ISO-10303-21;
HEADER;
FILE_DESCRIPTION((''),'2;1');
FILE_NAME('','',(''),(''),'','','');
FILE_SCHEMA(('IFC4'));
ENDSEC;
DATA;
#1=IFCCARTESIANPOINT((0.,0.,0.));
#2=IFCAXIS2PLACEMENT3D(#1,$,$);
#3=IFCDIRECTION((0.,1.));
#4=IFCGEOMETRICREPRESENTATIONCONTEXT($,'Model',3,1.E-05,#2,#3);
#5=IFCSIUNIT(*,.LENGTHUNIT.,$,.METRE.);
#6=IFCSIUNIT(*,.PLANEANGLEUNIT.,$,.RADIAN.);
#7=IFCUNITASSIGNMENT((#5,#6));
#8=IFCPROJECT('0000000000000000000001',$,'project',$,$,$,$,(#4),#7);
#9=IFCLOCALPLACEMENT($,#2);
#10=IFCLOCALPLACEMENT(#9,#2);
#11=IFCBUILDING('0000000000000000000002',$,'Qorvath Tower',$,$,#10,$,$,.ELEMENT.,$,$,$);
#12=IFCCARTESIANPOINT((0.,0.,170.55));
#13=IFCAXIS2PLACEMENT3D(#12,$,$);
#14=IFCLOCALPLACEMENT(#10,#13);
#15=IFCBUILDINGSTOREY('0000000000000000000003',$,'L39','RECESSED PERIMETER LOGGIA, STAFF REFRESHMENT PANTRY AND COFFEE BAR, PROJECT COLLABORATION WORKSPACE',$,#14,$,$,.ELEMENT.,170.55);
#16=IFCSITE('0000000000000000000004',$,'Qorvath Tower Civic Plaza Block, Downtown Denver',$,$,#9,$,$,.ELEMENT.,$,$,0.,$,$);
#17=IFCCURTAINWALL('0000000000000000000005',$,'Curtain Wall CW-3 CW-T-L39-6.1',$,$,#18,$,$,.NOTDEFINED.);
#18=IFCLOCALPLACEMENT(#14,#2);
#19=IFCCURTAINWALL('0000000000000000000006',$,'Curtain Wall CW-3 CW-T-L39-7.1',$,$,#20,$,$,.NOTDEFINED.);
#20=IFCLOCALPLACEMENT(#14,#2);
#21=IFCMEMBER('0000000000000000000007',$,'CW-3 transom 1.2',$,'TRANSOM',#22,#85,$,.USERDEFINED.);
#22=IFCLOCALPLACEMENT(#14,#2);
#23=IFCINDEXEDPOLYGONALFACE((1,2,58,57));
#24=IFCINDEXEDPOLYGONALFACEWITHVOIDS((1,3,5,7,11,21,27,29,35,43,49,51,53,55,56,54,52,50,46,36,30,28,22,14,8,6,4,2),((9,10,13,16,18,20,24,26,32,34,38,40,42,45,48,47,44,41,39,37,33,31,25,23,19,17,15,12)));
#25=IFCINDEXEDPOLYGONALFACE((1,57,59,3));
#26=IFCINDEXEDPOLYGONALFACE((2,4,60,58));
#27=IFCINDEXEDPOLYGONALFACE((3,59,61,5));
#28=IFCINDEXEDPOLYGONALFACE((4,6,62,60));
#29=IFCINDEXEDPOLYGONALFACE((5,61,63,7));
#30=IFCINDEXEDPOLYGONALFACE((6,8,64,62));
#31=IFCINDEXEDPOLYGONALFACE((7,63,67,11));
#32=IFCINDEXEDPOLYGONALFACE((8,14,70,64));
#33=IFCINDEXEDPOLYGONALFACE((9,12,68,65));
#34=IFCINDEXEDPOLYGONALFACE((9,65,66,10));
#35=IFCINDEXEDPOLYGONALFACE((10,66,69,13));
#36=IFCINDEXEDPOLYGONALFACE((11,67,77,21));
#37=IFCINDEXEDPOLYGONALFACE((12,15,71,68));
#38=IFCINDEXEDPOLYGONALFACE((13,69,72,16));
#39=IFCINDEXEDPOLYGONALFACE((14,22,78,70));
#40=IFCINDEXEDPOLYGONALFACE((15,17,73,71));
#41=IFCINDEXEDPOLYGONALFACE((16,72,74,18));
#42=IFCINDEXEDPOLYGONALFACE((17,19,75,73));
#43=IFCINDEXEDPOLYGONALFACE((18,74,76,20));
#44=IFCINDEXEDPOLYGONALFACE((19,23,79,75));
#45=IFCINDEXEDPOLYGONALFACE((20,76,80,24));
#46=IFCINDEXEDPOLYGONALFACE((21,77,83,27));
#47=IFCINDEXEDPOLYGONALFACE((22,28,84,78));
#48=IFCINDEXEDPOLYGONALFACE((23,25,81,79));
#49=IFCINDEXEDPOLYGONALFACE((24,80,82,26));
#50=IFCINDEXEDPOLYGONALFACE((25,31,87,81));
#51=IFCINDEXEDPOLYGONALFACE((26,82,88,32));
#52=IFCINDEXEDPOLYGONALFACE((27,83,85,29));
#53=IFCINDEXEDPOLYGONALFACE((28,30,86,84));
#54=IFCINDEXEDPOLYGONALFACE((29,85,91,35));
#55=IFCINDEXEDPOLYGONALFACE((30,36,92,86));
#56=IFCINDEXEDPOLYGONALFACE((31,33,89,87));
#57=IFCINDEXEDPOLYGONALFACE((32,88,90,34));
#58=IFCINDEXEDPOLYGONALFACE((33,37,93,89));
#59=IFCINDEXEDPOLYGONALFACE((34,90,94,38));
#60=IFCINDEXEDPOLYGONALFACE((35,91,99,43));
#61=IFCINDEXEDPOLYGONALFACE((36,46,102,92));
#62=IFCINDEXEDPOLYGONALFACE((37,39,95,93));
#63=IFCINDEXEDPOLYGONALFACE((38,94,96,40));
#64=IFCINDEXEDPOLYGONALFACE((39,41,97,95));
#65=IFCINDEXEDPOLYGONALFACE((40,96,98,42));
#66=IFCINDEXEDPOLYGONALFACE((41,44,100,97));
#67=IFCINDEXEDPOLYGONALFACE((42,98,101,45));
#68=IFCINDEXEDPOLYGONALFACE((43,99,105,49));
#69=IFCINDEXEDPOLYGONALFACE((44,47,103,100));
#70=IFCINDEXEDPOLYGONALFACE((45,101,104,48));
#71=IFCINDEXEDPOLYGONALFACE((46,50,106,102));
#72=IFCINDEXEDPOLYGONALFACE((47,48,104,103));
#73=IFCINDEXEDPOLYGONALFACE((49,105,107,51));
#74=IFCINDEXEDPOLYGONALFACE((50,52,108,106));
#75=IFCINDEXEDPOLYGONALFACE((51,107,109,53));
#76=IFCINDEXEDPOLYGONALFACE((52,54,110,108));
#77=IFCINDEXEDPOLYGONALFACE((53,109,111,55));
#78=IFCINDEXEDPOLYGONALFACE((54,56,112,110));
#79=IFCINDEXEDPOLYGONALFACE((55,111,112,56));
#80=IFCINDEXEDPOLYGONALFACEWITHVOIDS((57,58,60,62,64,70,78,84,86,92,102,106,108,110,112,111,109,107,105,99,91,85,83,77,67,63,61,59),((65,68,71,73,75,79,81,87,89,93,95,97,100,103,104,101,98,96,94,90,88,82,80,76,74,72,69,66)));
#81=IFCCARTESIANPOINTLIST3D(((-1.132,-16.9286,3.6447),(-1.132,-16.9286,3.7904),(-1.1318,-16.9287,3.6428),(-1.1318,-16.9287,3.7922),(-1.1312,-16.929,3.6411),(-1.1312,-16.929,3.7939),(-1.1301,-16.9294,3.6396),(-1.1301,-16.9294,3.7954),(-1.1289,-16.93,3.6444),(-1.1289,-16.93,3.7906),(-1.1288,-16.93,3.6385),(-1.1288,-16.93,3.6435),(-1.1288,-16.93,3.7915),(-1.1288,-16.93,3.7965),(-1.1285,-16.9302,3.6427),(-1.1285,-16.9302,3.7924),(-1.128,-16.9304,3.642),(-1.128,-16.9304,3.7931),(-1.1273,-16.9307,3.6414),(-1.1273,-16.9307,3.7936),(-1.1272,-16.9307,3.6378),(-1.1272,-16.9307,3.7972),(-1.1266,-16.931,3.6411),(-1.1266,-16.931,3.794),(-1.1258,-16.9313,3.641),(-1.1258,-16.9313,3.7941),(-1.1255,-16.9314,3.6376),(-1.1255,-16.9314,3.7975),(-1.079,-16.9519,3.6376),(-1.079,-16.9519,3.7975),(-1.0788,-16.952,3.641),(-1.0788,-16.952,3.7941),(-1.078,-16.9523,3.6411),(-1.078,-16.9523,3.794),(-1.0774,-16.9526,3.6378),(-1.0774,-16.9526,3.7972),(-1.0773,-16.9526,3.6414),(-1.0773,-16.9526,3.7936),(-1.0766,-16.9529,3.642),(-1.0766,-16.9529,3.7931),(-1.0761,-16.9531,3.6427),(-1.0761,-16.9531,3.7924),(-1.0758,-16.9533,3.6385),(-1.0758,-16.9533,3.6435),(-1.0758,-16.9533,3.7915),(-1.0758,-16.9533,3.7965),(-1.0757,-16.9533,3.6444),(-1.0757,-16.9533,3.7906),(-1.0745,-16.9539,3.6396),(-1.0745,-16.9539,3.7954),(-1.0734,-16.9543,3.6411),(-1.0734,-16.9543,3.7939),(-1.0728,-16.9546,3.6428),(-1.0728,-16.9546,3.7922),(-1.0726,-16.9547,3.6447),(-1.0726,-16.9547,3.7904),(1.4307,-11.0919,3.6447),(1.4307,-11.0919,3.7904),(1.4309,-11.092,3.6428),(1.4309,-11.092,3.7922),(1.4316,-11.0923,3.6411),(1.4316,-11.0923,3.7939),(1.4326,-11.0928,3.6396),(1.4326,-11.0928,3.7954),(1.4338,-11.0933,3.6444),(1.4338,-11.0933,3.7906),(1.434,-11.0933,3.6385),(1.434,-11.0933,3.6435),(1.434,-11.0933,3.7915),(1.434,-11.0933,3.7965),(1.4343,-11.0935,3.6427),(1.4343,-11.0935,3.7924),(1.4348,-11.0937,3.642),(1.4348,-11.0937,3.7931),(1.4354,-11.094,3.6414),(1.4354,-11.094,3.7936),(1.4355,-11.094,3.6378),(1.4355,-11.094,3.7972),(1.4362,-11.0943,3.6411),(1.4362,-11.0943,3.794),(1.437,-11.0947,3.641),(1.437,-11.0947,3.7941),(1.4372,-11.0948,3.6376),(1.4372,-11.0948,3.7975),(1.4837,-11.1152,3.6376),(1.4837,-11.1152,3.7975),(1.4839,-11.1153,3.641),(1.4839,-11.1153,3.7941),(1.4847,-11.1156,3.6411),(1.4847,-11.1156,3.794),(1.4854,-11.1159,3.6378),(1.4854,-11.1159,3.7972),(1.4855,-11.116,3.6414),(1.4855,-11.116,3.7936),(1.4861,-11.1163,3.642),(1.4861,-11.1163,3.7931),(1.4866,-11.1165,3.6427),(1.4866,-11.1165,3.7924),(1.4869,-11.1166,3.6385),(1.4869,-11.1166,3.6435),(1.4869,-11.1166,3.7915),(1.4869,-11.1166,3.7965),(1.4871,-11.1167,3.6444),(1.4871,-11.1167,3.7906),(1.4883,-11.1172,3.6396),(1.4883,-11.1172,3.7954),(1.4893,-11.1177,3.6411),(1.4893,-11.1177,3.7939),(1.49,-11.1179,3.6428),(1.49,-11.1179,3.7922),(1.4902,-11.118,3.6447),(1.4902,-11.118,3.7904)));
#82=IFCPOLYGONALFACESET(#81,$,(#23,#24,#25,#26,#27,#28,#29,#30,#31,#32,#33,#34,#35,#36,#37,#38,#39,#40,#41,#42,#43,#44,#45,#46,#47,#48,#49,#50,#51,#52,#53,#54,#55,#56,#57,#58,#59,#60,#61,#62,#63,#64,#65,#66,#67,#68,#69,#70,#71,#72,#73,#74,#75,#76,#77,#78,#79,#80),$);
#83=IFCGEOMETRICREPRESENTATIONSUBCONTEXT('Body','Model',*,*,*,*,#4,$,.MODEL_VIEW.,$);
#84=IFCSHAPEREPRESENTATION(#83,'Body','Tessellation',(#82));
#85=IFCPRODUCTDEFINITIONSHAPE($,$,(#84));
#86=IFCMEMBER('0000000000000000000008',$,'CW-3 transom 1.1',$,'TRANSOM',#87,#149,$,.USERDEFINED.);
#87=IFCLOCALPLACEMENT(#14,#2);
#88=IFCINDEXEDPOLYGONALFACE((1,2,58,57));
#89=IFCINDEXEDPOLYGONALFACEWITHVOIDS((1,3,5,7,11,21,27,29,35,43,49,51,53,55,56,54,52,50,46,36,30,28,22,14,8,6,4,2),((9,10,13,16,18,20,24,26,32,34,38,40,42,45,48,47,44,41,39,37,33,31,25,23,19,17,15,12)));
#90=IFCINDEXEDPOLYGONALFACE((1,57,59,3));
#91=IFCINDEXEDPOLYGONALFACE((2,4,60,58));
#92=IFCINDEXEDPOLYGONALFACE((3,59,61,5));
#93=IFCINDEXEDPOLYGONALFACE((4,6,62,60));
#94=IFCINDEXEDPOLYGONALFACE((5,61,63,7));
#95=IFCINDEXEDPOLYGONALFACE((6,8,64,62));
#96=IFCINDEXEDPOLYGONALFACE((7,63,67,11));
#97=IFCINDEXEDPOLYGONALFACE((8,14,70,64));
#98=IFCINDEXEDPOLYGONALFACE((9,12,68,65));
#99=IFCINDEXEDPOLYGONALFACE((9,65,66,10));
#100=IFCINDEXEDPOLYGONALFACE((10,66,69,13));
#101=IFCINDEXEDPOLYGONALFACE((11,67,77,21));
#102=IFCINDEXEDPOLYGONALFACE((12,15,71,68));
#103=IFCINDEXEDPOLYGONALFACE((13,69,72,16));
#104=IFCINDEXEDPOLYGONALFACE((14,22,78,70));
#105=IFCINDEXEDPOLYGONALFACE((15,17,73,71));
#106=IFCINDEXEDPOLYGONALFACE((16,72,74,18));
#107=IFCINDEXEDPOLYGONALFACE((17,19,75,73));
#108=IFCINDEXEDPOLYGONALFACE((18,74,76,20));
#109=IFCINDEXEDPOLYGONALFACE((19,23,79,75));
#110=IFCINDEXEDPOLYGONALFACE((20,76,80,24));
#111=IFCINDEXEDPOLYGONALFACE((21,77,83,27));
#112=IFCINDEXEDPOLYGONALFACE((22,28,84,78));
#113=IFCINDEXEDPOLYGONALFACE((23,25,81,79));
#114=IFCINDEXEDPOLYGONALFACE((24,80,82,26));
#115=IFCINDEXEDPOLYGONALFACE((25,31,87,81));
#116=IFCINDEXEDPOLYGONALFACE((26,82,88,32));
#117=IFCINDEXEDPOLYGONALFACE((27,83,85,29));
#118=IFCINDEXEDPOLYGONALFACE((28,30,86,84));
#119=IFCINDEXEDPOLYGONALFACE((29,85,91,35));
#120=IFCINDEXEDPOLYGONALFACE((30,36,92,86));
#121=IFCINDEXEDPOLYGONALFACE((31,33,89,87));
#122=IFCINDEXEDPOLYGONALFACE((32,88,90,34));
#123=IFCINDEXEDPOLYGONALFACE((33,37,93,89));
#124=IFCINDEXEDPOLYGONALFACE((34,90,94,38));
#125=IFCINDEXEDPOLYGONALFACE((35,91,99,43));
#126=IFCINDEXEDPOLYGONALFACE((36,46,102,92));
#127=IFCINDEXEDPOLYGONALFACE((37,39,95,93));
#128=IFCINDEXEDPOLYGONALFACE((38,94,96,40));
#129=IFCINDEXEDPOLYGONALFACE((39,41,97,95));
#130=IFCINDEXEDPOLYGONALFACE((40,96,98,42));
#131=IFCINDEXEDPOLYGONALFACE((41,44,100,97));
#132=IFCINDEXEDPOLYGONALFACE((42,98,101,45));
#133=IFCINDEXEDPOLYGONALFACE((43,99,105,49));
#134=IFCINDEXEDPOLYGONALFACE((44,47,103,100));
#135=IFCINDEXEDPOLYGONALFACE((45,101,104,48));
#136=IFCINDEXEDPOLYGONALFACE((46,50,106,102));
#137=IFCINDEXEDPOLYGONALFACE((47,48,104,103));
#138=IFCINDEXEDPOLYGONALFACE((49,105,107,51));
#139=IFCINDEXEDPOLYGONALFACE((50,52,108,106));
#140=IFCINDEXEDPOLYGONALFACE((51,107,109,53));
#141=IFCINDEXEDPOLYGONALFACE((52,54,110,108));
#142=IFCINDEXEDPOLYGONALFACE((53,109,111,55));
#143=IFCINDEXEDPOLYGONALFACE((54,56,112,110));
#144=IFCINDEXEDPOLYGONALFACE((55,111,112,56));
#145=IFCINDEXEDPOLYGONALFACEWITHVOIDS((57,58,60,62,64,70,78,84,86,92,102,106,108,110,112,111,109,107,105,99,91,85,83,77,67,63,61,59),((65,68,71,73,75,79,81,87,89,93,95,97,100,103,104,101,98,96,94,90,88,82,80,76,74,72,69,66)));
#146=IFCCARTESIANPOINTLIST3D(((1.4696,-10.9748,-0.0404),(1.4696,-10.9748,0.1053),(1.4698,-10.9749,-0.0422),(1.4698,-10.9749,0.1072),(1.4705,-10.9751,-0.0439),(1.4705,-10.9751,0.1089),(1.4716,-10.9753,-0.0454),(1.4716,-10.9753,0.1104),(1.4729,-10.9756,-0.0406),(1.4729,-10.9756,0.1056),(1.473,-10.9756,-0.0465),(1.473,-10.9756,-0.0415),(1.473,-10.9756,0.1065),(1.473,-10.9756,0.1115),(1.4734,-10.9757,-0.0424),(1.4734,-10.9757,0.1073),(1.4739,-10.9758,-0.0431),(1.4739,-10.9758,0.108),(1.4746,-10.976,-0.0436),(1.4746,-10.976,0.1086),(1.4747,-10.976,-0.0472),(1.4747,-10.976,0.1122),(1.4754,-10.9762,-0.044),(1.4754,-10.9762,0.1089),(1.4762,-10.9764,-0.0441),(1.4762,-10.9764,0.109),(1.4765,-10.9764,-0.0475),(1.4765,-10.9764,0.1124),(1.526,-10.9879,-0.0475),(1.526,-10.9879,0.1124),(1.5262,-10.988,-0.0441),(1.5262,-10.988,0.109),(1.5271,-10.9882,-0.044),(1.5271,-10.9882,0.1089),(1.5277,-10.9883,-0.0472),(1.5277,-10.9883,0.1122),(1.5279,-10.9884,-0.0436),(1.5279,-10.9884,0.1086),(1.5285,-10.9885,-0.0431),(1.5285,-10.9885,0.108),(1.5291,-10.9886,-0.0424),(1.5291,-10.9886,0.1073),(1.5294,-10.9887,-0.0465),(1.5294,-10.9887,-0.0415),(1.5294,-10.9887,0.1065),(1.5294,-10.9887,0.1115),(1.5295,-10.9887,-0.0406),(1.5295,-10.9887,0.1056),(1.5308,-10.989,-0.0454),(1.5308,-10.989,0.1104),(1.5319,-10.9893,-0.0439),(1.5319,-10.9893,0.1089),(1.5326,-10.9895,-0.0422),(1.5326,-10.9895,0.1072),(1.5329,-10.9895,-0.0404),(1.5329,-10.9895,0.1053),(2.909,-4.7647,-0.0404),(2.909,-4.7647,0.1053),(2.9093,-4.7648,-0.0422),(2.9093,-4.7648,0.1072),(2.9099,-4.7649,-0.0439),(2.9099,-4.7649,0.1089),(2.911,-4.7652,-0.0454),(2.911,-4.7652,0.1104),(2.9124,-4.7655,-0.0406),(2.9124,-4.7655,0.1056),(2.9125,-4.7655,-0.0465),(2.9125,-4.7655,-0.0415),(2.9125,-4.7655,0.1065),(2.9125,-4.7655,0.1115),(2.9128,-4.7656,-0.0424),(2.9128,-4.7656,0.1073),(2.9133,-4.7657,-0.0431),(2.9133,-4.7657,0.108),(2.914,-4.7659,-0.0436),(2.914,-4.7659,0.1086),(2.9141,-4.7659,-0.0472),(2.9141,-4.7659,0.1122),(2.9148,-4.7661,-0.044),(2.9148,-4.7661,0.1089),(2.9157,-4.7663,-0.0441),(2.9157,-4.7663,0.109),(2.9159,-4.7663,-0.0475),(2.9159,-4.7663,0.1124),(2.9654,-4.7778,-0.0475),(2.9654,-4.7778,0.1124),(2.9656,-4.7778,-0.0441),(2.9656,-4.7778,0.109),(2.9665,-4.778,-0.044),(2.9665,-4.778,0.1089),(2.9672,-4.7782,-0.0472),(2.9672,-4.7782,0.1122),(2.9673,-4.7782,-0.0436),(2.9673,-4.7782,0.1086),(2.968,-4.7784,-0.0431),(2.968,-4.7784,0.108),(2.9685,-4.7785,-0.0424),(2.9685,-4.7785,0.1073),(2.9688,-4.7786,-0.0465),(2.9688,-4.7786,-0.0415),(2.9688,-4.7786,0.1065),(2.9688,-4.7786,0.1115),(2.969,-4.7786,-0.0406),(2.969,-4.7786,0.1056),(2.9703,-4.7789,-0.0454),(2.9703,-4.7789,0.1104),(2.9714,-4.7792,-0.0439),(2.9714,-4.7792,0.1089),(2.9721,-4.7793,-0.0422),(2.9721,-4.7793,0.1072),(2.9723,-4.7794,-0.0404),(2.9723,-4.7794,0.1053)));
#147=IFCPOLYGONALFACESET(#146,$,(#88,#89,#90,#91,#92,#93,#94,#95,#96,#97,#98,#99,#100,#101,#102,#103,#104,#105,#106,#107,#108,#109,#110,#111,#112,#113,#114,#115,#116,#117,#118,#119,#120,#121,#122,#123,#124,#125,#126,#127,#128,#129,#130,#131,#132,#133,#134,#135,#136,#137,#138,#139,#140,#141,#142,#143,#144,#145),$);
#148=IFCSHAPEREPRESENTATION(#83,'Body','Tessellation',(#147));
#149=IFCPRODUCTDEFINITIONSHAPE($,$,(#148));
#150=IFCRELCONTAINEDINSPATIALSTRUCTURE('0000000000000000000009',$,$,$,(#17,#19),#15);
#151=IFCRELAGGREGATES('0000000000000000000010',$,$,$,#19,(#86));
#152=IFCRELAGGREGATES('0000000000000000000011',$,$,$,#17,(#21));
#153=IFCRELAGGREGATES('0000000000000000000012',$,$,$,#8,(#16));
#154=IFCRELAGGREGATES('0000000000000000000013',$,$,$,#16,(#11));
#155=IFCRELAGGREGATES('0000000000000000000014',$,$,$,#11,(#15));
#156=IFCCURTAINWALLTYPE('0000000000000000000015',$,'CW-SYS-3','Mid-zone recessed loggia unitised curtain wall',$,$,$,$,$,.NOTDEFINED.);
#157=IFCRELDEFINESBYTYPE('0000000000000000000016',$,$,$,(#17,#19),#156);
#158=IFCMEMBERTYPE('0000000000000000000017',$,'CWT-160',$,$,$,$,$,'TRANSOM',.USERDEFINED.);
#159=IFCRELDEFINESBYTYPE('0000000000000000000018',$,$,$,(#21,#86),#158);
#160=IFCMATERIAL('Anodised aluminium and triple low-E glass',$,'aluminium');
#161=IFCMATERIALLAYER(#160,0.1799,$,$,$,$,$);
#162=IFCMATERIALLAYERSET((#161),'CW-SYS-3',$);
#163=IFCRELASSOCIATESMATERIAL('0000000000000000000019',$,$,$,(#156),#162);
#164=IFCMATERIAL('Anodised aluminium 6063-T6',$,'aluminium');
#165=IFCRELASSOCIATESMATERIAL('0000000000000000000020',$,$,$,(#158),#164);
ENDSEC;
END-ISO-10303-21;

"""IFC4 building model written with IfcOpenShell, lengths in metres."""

from ifc_helpers import new_model, si_unit, direction, frame, origin, origin_2d, place, context, subcontext, project, spatial, hollow_rectangle, extrude, material, layer, layer_set, material_profile, profile_set, type_object, element, aggregate, save


model = new_model("IFC4")

# Units and contexts
model_context = context("Model", 3, precision=1e-05, world=origin(), true_north=direction((0.0, 1.0)))
body_context = subcontext(model_context, "Body", "Model", "MODEL_VIEW")
ifc_project = project(units=[si_unit("LENGTHUNIT", "METRE"), si_unit("PLANEANGLEUNIT", "RADIAN")], contexts=[model_context])

# Site, building, storey
site_placement = place(None, origin())
site = spatial("IfcSite", under=ifc_project, at=site_placement, Name="Qorvath Tower Civic Plaza Block, Downtown Denver", CompositionType="ELEMENT", RefElevation=0.0)
building_placement = place(site_placement, origin())
building = spatial("IfcBuilding", under=site, at=building_placement, Name="Qorvath Tower", CompositionType="ELEMENT")
storey_placement = place(building_placement, frame((0.0, 0.0, 170.55)))
storey = spatial("IfcBuildingStorey", under=building, at=storey_placement, Name="L39", Description="RECESSED PERIMETER LOGGIA, STAFF REFRESHMENT PANTRY AND COFFEE BAR, PROJECT COLLABORATION WORKSPACE", CompositionType="ELEMENT", Elevation=170.55)

# Curtain wall
ifc_material_1 = material(Name="Anodised aluminium and triple low-E glass", Category="aluminium")
ifc_layer_1 = layer(ifc_material_1, 0.1799)
ifc_layer_set_1 = layer_set([ifc_layer_1], Name="CW-SYS-3")
curtain_wall_type = type_object("IfcCurtainWallType", Name="CW-SYS-3", Description="Mid-zone recessed loggia unitised curtain wall", PredefinedType="NOTDEFINED", material=ifc_layer_set_1)
curtain_wall_1_placement = place(storey_placement, origin())
curtain_wall_1 = element("IfcCurtainWall", 1, at=curtain_wall_1_placement, inside=storey, type_object=curtain_wall_type, Name="Curtain Wall CW-3 CW-T-L39-6.1", PredefinedType="NOTDEFINED")

# Curtain wall
curtain_wall_2_placement = place(storey_placement, origin())
curtain_wall_2 = element("IfcCurtainWall", 2, at=curtain_wall_2_placement, inside=storey, type_object=curtain_wall_type, Name="Curtain Wall CW-3 CW-T-L39-7.1", PredefinedType="NOTDEFINED")

# Members
ifc_material_2 = material(Name="Anodised aluminium 6063-T6", Category="aluminium")
ifc_material_profile_1 = material_profile(ifc_material_2, hollow_rectangle(XDim=0.0649, YDim=0.1599, WallThickness=0.0034, InnerFilletRadius=0.0034, OuterFilletRadius=0.0071, at=origin_2d()), Name="CWT 160x65")
ifc_profile_set_1 = profile_set([ifc_material_profile_1], Name="Anodised aluminium 6063-T6")
member_type_1 = type_object("IfcMemberType", Name="CWT-160", ElementType="TRANSOM", PredefinedType="USERDEFINED", material=ifc_profile_set_1)
member_1_placement = place(storey_placement, frame((-1.1023, -16.9417, 3.7175), z_axis=(0.40203, 0.915626, 0.0), x_axis=(-0.915626, 0.40203, 0.0)))
member_1 = element("IfcMember", 3, at=member_1_placement, type_object=member_type_1, Name="CW-3 transom 1.2", ObjectType="TRANSOM", PredefinedType="USERDEFINED", context=body_context, shape_type="SweptSolid", body=[
    extrude(hollow_rectangle(XDim=0.0649, YDim=0.1599, WallThickness=0.0034, InnerFilletRadius=0.0034, OuterFilletRadius=0.0071, at=origin_2d()), origin(), (0.0, 0.0, 1.0), 6.3745),
])
member_2_placement = place(storey_placement, frame((1.5012, -10.9822, 0.0325), z_axis=(0.225802, 0.974173, 0.0), x_axis=(-0.974173, 0.225802, 0.0)))
member_2 = element("IfcMember", 4, at=member_2_placement, type_object=member_type_1, Name="CW-3 transom 1.1", ObjectType="TRANSOM", PredefinedType="USERDEFINED", context=body_context, shape_type="SweptSolid", body=[
    extrude(hollow_rectangle(XDim=0.0649, YDim=0.1599, WallThickness=0.0034, InnerFilletRadius=0.0034, OuterFilletRadius=0.0071, at=origin_2d()), origin(), (0.0, 0.0, 1.0), 6.3748),
])
aggregate(curtain_wall_2, [member_2])

aggregate(curtain_wall_1, [member_1])

save(model, "model.ifc")
